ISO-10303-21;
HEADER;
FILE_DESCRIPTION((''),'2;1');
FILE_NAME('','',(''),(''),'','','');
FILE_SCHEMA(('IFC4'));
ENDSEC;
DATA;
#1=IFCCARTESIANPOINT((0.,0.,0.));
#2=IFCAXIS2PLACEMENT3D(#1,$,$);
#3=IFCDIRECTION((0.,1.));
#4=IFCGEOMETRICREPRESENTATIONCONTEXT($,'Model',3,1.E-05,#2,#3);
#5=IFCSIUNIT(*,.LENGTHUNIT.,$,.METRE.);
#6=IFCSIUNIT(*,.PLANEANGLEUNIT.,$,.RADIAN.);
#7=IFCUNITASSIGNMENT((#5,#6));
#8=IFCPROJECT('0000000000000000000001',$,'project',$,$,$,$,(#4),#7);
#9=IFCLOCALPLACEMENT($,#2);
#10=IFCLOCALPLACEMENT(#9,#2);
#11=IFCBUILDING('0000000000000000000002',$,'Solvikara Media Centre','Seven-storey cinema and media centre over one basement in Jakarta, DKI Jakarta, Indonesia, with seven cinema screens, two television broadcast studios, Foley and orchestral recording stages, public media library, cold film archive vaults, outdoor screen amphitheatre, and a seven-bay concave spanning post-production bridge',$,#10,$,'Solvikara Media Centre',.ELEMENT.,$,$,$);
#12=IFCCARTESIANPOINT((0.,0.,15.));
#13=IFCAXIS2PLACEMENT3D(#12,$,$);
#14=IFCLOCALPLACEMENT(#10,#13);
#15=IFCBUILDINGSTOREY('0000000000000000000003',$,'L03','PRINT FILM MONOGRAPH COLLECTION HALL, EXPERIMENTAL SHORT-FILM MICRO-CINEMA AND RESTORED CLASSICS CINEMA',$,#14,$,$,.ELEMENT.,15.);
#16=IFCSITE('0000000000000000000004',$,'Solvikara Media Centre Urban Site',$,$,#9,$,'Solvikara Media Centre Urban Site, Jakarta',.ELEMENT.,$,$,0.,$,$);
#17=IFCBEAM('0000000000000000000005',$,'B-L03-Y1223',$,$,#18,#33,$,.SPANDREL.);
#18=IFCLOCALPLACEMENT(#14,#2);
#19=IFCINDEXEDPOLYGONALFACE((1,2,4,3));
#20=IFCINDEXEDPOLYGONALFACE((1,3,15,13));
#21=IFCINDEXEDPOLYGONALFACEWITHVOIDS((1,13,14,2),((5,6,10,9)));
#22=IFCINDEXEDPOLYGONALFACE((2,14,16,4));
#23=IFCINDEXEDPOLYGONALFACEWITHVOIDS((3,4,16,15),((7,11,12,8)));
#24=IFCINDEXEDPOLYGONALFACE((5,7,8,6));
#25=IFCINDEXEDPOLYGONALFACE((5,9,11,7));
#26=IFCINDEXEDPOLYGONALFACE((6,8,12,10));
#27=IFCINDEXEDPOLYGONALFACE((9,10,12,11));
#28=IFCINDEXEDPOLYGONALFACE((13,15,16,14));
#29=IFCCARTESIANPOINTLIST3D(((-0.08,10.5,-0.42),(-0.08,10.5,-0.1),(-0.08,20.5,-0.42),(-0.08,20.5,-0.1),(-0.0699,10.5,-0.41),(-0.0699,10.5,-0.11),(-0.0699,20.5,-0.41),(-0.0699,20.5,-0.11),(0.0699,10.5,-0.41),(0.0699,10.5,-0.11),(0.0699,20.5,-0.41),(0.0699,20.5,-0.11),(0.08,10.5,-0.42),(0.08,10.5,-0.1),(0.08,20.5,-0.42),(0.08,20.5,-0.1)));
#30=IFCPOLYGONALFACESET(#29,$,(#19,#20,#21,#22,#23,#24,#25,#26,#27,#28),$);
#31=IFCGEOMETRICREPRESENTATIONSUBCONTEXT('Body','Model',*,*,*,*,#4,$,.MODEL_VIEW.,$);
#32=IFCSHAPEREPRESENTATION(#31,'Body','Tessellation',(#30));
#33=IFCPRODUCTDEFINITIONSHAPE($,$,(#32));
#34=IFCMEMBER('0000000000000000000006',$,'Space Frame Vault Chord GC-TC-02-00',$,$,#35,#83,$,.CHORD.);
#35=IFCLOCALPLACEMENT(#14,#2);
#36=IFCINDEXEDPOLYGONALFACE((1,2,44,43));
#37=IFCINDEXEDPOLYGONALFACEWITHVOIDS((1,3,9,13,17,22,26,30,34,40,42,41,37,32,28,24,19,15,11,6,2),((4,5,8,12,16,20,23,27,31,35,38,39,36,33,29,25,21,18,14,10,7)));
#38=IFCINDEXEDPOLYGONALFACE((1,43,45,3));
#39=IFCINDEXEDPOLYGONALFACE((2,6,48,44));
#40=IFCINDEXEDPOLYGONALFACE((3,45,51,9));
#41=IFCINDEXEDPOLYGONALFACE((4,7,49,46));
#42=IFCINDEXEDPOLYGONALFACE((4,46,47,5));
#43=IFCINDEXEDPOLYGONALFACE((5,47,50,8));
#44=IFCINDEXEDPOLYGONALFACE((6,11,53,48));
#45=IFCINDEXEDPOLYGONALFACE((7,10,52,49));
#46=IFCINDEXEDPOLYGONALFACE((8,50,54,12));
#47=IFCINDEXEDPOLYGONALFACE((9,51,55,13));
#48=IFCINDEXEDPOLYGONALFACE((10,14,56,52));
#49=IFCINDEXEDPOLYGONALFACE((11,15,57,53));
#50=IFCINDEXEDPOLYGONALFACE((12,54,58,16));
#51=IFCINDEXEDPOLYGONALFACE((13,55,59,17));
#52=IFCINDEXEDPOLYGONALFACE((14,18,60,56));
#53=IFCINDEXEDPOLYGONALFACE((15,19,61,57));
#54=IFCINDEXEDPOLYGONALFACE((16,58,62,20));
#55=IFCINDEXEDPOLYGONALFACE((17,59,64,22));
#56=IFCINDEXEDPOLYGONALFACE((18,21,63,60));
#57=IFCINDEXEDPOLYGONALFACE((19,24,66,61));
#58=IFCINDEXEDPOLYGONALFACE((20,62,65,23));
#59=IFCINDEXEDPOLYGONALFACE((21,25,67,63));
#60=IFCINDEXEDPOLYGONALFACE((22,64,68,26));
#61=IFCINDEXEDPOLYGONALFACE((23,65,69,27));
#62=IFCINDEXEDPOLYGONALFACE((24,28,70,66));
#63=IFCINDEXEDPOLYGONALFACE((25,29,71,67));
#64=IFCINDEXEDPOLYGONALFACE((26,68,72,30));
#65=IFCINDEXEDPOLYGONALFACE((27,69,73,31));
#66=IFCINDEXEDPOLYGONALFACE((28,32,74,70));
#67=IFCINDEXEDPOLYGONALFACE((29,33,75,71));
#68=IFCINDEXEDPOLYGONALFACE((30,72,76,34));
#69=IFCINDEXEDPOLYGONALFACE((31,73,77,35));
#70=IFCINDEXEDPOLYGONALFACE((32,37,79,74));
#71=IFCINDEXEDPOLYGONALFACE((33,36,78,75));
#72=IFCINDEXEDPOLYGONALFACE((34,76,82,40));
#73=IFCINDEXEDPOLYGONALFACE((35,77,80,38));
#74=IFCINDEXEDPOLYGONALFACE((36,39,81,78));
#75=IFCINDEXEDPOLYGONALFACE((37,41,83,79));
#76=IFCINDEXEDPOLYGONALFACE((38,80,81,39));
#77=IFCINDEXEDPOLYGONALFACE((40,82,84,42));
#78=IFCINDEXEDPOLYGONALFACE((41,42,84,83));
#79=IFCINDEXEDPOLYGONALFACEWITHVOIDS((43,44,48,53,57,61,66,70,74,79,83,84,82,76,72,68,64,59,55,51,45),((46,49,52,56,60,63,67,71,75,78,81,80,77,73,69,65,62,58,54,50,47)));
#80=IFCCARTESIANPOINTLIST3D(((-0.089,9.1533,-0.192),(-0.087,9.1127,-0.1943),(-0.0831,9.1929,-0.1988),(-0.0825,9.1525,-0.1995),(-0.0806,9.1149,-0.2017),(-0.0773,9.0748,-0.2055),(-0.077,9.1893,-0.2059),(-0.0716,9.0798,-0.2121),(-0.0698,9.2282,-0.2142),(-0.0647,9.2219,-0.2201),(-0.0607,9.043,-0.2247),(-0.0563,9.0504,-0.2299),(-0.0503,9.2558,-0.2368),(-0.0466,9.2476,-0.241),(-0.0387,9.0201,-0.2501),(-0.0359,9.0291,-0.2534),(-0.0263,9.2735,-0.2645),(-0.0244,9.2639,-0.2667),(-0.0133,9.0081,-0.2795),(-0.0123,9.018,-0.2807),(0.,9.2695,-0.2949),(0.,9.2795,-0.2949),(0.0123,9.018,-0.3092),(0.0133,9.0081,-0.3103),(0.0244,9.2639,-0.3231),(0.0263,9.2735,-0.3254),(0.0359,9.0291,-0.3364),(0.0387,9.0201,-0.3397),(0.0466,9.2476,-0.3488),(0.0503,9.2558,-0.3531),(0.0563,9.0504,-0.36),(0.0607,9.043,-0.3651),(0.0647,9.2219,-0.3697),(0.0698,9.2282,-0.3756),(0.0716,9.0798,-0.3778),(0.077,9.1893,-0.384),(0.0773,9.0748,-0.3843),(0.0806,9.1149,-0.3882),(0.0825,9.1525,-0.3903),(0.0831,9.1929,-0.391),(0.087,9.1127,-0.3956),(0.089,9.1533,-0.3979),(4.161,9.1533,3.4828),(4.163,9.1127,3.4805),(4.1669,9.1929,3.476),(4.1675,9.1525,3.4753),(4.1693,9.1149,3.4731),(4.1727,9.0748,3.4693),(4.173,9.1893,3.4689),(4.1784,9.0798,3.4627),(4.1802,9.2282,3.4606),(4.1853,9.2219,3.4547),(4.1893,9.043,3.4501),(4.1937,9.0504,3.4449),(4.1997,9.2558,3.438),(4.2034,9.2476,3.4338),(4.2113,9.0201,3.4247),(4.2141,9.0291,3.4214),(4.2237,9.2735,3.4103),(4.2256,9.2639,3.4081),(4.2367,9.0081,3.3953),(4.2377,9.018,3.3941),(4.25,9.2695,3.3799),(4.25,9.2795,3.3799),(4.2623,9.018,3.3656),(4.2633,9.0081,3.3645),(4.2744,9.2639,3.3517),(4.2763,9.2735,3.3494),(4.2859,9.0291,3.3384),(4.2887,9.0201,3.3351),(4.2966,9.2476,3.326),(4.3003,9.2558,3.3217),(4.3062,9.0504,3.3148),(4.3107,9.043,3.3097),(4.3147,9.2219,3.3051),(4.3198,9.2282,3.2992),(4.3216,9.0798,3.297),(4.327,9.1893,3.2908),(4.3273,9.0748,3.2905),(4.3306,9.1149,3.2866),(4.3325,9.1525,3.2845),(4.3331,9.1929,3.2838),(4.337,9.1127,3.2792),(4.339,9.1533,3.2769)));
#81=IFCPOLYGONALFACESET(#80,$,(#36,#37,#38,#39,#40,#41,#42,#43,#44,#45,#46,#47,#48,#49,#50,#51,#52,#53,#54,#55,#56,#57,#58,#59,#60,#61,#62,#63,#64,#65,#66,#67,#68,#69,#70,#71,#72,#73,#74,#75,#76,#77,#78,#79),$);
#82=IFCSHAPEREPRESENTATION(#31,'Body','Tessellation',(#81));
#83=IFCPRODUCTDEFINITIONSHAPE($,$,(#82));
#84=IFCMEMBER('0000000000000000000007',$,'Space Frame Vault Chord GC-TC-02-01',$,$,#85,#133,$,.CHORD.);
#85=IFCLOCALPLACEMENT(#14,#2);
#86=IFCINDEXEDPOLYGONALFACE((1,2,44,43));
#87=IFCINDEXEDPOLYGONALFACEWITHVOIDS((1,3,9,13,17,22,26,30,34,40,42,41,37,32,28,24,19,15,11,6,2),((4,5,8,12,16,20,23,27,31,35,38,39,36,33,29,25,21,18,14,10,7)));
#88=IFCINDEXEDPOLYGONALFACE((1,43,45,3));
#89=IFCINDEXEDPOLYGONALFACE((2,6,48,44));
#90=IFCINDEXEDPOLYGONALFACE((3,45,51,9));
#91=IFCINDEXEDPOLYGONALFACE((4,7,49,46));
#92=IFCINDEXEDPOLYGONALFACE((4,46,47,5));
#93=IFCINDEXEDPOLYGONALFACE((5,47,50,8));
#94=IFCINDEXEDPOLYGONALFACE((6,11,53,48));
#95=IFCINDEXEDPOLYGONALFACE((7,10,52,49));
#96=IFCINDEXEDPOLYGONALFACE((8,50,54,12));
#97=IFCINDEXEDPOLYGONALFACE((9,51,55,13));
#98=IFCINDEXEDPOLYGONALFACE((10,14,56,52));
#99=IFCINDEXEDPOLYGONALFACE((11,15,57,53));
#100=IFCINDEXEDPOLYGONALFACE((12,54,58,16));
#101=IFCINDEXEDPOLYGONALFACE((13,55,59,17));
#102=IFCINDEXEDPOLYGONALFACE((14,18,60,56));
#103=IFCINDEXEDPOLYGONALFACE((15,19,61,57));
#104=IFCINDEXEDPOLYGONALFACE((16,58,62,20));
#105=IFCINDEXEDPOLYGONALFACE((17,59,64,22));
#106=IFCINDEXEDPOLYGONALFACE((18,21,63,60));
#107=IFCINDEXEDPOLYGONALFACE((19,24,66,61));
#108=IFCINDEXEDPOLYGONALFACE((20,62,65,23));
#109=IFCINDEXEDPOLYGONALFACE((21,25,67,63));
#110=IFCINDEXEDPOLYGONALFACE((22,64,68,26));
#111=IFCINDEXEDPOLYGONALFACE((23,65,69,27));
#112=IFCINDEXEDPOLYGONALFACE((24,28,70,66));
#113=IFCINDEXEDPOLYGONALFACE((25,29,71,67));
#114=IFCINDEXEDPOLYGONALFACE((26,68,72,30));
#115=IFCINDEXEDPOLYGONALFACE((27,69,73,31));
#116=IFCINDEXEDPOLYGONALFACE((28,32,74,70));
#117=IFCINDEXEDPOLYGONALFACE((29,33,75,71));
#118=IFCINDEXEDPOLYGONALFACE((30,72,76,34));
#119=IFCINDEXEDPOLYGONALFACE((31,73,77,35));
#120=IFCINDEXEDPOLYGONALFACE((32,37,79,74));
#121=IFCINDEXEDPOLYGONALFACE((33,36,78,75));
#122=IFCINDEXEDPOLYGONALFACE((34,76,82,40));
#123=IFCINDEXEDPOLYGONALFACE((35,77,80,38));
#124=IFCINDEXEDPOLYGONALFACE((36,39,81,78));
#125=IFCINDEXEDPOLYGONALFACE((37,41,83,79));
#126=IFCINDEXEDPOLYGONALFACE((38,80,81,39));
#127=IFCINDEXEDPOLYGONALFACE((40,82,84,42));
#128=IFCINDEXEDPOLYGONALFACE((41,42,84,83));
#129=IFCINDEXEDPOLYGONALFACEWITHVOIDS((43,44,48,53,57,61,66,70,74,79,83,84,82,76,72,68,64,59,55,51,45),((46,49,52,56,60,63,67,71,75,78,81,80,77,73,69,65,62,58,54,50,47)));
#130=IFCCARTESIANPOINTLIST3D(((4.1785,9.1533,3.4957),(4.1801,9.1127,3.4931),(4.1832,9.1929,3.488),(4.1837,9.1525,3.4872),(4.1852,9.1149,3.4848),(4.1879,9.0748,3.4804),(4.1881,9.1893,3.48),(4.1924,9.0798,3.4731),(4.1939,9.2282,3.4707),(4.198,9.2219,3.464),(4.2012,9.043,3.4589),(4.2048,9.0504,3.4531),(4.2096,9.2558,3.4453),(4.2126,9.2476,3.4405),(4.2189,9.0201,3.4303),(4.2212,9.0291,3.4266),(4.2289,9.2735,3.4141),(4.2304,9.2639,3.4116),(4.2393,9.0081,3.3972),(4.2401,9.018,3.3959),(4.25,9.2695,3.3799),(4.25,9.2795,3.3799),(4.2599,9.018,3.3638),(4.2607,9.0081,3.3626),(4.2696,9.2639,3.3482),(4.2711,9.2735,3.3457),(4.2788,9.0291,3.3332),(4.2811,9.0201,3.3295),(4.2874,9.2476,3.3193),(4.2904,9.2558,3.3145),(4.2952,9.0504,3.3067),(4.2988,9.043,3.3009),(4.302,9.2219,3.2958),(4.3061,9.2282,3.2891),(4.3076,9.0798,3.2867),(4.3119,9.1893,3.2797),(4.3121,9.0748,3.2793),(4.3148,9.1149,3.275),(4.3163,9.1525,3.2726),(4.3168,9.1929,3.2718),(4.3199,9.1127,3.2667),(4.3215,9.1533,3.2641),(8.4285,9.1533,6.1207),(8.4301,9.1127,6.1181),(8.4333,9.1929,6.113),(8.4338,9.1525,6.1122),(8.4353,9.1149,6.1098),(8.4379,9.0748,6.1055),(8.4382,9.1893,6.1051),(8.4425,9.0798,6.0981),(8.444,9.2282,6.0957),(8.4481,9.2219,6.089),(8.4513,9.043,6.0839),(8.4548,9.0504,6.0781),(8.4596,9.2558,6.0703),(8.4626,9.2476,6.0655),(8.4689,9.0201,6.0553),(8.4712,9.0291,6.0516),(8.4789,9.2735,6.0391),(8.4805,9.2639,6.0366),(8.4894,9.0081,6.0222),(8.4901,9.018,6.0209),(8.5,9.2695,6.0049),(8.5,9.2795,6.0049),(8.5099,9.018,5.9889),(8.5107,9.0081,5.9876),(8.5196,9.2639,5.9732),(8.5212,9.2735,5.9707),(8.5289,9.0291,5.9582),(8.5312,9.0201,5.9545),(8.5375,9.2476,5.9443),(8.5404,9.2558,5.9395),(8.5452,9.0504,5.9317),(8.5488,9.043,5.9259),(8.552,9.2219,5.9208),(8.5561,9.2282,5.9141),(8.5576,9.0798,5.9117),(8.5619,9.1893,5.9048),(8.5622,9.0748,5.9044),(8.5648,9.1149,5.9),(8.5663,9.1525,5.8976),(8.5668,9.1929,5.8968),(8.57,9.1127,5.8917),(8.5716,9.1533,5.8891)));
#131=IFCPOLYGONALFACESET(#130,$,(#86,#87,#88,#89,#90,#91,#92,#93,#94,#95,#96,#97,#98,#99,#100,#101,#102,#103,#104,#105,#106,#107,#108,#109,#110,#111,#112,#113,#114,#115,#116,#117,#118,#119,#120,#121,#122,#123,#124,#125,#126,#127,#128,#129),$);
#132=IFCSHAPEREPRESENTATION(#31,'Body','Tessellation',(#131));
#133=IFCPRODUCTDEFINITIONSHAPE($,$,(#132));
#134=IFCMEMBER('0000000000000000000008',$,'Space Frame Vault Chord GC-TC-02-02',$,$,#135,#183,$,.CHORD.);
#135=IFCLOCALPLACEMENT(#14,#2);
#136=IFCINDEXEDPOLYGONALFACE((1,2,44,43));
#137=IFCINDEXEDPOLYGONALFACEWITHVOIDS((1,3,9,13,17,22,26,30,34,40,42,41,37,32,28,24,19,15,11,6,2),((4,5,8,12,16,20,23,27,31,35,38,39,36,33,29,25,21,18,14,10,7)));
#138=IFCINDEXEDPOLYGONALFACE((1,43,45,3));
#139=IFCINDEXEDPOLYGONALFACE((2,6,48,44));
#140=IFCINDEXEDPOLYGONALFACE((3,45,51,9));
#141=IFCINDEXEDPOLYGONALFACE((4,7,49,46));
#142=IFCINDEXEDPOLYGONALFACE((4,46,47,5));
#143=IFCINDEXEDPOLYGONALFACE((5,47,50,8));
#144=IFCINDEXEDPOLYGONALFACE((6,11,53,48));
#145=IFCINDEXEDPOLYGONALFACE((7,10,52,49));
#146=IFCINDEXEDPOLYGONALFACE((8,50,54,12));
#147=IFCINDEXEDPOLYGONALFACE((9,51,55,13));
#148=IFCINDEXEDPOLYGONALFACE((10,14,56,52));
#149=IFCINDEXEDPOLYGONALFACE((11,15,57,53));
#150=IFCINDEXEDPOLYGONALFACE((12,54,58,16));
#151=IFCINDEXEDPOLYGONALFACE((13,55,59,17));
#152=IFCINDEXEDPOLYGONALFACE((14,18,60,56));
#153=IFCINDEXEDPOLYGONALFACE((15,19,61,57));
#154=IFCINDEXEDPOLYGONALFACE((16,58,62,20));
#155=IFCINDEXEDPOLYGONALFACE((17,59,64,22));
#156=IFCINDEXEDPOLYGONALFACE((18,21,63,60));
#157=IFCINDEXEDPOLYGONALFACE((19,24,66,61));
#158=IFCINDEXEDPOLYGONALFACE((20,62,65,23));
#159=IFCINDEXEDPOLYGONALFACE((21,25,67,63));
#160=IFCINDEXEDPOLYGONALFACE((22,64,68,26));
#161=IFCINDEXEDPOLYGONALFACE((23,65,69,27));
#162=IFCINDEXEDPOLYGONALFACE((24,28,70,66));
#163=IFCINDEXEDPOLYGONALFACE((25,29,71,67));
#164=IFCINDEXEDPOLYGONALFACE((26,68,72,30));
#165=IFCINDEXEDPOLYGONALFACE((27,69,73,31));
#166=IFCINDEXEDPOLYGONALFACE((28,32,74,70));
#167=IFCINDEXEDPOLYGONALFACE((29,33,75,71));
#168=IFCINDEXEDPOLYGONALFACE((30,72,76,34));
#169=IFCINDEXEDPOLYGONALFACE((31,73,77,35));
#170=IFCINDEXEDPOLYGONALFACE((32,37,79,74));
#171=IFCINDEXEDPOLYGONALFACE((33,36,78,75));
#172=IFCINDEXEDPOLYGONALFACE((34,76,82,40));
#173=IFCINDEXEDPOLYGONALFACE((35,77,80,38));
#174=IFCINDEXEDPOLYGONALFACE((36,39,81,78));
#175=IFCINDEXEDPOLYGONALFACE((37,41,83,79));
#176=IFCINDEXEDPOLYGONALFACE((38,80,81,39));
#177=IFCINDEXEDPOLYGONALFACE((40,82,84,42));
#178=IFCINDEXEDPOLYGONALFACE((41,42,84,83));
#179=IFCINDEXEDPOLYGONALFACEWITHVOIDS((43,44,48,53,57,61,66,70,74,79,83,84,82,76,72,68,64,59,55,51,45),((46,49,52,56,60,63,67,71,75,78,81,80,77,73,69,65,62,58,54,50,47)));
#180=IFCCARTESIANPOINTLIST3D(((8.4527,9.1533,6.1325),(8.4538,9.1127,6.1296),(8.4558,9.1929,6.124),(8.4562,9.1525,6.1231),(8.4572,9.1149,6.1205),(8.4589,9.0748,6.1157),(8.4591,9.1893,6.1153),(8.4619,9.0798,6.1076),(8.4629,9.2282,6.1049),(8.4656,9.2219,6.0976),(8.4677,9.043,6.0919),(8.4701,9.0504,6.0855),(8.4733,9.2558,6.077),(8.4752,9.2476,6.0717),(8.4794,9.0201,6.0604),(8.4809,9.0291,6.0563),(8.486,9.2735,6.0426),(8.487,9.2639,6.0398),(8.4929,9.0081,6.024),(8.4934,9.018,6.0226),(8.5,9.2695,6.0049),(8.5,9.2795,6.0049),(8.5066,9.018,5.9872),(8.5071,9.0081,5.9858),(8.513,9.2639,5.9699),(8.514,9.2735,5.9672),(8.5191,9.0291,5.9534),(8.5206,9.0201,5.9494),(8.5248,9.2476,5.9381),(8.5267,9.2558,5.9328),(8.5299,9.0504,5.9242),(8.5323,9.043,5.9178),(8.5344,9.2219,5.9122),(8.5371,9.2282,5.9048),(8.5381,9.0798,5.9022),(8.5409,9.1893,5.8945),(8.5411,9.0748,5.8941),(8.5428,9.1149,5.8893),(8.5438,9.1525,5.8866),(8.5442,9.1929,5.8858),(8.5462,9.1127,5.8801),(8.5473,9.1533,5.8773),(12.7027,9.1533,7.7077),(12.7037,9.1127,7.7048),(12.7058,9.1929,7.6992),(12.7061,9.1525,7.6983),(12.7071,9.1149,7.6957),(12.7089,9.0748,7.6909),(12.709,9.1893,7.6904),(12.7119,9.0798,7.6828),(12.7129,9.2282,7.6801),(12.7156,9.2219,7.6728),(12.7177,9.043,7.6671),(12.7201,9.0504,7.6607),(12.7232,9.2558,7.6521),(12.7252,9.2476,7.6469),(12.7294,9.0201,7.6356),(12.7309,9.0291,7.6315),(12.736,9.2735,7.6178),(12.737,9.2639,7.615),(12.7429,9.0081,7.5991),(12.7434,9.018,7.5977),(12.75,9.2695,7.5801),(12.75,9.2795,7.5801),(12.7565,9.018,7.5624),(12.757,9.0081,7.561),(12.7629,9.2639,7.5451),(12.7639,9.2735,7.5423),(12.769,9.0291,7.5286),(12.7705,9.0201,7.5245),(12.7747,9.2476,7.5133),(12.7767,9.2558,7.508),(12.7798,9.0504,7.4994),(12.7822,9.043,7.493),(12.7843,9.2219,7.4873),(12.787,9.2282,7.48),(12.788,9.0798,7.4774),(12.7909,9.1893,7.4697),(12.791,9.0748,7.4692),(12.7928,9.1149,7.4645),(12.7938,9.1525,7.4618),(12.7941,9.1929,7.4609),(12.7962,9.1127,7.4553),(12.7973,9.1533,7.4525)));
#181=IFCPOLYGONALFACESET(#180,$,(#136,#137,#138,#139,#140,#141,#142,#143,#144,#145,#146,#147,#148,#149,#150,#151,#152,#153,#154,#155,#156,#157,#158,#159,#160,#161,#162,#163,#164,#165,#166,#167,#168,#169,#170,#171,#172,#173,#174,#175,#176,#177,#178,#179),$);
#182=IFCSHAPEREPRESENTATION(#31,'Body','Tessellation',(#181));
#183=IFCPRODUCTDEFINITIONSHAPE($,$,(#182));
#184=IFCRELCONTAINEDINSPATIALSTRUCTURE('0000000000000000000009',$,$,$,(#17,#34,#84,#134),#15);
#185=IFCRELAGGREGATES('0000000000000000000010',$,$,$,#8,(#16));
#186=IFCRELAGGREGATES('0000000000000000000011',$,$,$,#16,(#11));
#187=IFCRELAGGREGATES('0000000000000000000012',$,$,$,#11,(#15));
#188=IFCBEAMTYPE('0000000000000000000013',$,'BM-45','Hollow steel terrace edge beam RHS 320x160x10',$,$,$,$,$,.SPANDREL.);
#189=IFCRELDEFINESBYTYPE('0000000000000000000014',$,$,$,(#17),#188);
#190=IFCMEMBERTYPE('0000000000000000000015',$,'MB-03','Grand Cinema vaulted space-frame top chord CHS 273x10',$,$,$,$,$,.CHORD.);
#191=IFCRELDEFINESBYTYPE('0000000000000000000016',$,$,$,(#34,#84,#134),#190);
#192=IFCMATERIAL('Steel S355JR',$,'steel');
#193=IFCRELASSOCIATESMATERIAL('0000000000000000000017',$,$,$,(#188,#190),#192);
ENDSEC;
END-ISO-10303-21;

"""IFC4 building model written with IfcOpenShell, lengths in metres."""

from ifc_helpers import new_model, si_unit, direction, frame, origin, origin_2d, place, context, subcontext, project, spatial, hollow_rectangle, hollow_circle, extrude, material, material_profile, profile_set, type_object, element, save


model = new_model("IFC4")

# Units and contexts
model_context = context("Model", 3, precision=1e-05, world=origin(), true_north=direction((0.0, 1.0)))
body_context = subcontext(model_context, "Body", "Model", "MODEL_VIEW")
ifc_project = project(units=[si_unit("LENGTHUNIT", "METRE"), si_unit("PLANEANGLEUNIT", "RADIAN")], contexts=[model_context])

# Site, building, storey
site_placement = place(None, origin())
site = spatial("IfcSite", under=ifc_project, at=site_placement, Name="Solvikara Media Centre Urban Site", LongName="Solvikara Media Centre Urban Site, Jakarta", CompositionType="ELEMENT", RefElevation=0.0)
building_placement = place(site_placement, origin())
building = spatial("IfcBuilding", under=site, at=building_placement, Name="Solvikara Media Centre", Description="Seven-storey cinema and media centre over one basement in Jakarta, DKI Jakarta, Indonesia, with seven cinema screens, two television broadcast studios, Foley and orchestral recording stages, public media library, cold film archive vaults, outdoor screen amphitheatre, and a seven-bay concave spanning post-production bridge", LongName="Solvikara Media Centre", CompositionType="ELEMENT")
storey_placement = place(building_placement, frame((0.0, 0.0, 15.0)))
storey = spatial("IfcBuildingStorey", under=building, at=storey_placement, Name="L03", Description="PRINT FILM MONOGRAPH COLLECTION HALL, EXPERIMENTAL SHORT-FILM MICRO-CINEMA AND RESTORED CLASSICS CINEMA", CompositionType="ELEMENT", Elevation=15.0)

# Beam
ifc_material_1 = material(Name="Steel S355JR", Category="steel")
ifc_material_profile_1 = material_profile(ifc_material_1, hollow_rectangle(XDim=0.1599, YDim=0.3201, WallThickness=0.01, at=origin_2d()), Name="RHS 320x160x10")
ifc_profile_set_1 = profile_set([ifc_material_profile_1], Name="Steel S355JR")
beam_type = type_object("IfcBeamType", Name="BM-45", Description="Hollow steel terrace edge beam RHS 320x160x10", PredefinedType="SPANDREL", material=ifc_profile_set_1)
beam_placement = place(storey_placement, frame((0.0, 10.5, -0.26), z_axis=(0.0, 1.0, 0.0), x_axis=(-1.0, 0.0, 0.0)))
element("IfcBeam", 1, at=beam_placement, inside=storey, type_object=beam_type, Name="B-L03-Y1223", PredefinedType="SPANDREL", context=body_context, shape_type="SweptSolid", body=[
    extrude(hollow_rectangle(XDim=0.1599, YDim=0.3201, WallThickness=0.01, at=origin_2d()), origin(), (0.0, 0.0, 1.0), 10.0),
])

# Members
ifc_material_profile_2 = material_profile(ifc_material_1, hollow_circle(Radius=0.1365, WallThickness=0.01, at=origin_2d()), Name="CHS 273x10")
ifc_profile_set_2 = profile_set([ifc_material_profile_2], Name="Steel S355JR")
member_type_1 = type_object("IfcMemberType", Name="MB-03", Description="Grand Cinema vaulted space-frame top chord CHS 273x10", PredefinedType="CHORD", material=ifc_profile_set_2)
member_1_placement = place(storey_placement, frame((0.0, 9.1431, -0.2949), z_axis=(0.75644, 0.0, 0.654063), x_axis=(0.0, 1.0, 0.0)))
element("IfcMember", 2, at=member_1_placement, inside=storey, type_object=member_type_1, Name="Space Frame Vault Chord GC-TC-02-00", PredefinedType="CHORD", context=body_context, shape_type="SweptSolid", body=[
    extrude(hollow_circle(Radius=0.1365, WallThickness=0.01, at=origin_2d()), origin(), (0.0, 0.0, 1.0), 5.6184),
])
member_2_placement = place(storey_placement, frame((4.25, 9.1431, 3.3799), z_axis=(0.850798, 0.0, 0.525493), x_axis=(0.0, 1.0, 0.0)))
element("IfcMember", 3, at=member_2_placement, inside=storey, type_object=member_type_1, Name="Space Frame Vault Chord GC-TC-02-01", PredefinedType="CHORD", context=body_context, shape_type="SweptSolid", body=[
    extrude(hollow_circle(Radius=0.1365, WallThickness=0.01, at=origin_2d()), origin(), (0.0, 0.0, 1.0), 4.9954),
])
member_3_placement = place(storey_placement, frame((8.5, 9.1431, 6.0049), z_axis=(0.937668, 0.0, 0.347532), x_axis=(0.0, 1.0, 0.0)))
element("IfcMember", 4, at=member_3_placement, inside=storey, type_object=member_type_1, Name="Space Frame Vault Chord GC-TC-02-02", PredefinedType="CHORD", context=body_context, shape_type="SweptSolid", body=[
    extrude(hollow_circle(Radius=0.1365, WallThickness=0.01, at=origin_2d()), origin(), (0.0, 0.0, 1.0), 4.5325),
])

save(model, "model.ifc")
